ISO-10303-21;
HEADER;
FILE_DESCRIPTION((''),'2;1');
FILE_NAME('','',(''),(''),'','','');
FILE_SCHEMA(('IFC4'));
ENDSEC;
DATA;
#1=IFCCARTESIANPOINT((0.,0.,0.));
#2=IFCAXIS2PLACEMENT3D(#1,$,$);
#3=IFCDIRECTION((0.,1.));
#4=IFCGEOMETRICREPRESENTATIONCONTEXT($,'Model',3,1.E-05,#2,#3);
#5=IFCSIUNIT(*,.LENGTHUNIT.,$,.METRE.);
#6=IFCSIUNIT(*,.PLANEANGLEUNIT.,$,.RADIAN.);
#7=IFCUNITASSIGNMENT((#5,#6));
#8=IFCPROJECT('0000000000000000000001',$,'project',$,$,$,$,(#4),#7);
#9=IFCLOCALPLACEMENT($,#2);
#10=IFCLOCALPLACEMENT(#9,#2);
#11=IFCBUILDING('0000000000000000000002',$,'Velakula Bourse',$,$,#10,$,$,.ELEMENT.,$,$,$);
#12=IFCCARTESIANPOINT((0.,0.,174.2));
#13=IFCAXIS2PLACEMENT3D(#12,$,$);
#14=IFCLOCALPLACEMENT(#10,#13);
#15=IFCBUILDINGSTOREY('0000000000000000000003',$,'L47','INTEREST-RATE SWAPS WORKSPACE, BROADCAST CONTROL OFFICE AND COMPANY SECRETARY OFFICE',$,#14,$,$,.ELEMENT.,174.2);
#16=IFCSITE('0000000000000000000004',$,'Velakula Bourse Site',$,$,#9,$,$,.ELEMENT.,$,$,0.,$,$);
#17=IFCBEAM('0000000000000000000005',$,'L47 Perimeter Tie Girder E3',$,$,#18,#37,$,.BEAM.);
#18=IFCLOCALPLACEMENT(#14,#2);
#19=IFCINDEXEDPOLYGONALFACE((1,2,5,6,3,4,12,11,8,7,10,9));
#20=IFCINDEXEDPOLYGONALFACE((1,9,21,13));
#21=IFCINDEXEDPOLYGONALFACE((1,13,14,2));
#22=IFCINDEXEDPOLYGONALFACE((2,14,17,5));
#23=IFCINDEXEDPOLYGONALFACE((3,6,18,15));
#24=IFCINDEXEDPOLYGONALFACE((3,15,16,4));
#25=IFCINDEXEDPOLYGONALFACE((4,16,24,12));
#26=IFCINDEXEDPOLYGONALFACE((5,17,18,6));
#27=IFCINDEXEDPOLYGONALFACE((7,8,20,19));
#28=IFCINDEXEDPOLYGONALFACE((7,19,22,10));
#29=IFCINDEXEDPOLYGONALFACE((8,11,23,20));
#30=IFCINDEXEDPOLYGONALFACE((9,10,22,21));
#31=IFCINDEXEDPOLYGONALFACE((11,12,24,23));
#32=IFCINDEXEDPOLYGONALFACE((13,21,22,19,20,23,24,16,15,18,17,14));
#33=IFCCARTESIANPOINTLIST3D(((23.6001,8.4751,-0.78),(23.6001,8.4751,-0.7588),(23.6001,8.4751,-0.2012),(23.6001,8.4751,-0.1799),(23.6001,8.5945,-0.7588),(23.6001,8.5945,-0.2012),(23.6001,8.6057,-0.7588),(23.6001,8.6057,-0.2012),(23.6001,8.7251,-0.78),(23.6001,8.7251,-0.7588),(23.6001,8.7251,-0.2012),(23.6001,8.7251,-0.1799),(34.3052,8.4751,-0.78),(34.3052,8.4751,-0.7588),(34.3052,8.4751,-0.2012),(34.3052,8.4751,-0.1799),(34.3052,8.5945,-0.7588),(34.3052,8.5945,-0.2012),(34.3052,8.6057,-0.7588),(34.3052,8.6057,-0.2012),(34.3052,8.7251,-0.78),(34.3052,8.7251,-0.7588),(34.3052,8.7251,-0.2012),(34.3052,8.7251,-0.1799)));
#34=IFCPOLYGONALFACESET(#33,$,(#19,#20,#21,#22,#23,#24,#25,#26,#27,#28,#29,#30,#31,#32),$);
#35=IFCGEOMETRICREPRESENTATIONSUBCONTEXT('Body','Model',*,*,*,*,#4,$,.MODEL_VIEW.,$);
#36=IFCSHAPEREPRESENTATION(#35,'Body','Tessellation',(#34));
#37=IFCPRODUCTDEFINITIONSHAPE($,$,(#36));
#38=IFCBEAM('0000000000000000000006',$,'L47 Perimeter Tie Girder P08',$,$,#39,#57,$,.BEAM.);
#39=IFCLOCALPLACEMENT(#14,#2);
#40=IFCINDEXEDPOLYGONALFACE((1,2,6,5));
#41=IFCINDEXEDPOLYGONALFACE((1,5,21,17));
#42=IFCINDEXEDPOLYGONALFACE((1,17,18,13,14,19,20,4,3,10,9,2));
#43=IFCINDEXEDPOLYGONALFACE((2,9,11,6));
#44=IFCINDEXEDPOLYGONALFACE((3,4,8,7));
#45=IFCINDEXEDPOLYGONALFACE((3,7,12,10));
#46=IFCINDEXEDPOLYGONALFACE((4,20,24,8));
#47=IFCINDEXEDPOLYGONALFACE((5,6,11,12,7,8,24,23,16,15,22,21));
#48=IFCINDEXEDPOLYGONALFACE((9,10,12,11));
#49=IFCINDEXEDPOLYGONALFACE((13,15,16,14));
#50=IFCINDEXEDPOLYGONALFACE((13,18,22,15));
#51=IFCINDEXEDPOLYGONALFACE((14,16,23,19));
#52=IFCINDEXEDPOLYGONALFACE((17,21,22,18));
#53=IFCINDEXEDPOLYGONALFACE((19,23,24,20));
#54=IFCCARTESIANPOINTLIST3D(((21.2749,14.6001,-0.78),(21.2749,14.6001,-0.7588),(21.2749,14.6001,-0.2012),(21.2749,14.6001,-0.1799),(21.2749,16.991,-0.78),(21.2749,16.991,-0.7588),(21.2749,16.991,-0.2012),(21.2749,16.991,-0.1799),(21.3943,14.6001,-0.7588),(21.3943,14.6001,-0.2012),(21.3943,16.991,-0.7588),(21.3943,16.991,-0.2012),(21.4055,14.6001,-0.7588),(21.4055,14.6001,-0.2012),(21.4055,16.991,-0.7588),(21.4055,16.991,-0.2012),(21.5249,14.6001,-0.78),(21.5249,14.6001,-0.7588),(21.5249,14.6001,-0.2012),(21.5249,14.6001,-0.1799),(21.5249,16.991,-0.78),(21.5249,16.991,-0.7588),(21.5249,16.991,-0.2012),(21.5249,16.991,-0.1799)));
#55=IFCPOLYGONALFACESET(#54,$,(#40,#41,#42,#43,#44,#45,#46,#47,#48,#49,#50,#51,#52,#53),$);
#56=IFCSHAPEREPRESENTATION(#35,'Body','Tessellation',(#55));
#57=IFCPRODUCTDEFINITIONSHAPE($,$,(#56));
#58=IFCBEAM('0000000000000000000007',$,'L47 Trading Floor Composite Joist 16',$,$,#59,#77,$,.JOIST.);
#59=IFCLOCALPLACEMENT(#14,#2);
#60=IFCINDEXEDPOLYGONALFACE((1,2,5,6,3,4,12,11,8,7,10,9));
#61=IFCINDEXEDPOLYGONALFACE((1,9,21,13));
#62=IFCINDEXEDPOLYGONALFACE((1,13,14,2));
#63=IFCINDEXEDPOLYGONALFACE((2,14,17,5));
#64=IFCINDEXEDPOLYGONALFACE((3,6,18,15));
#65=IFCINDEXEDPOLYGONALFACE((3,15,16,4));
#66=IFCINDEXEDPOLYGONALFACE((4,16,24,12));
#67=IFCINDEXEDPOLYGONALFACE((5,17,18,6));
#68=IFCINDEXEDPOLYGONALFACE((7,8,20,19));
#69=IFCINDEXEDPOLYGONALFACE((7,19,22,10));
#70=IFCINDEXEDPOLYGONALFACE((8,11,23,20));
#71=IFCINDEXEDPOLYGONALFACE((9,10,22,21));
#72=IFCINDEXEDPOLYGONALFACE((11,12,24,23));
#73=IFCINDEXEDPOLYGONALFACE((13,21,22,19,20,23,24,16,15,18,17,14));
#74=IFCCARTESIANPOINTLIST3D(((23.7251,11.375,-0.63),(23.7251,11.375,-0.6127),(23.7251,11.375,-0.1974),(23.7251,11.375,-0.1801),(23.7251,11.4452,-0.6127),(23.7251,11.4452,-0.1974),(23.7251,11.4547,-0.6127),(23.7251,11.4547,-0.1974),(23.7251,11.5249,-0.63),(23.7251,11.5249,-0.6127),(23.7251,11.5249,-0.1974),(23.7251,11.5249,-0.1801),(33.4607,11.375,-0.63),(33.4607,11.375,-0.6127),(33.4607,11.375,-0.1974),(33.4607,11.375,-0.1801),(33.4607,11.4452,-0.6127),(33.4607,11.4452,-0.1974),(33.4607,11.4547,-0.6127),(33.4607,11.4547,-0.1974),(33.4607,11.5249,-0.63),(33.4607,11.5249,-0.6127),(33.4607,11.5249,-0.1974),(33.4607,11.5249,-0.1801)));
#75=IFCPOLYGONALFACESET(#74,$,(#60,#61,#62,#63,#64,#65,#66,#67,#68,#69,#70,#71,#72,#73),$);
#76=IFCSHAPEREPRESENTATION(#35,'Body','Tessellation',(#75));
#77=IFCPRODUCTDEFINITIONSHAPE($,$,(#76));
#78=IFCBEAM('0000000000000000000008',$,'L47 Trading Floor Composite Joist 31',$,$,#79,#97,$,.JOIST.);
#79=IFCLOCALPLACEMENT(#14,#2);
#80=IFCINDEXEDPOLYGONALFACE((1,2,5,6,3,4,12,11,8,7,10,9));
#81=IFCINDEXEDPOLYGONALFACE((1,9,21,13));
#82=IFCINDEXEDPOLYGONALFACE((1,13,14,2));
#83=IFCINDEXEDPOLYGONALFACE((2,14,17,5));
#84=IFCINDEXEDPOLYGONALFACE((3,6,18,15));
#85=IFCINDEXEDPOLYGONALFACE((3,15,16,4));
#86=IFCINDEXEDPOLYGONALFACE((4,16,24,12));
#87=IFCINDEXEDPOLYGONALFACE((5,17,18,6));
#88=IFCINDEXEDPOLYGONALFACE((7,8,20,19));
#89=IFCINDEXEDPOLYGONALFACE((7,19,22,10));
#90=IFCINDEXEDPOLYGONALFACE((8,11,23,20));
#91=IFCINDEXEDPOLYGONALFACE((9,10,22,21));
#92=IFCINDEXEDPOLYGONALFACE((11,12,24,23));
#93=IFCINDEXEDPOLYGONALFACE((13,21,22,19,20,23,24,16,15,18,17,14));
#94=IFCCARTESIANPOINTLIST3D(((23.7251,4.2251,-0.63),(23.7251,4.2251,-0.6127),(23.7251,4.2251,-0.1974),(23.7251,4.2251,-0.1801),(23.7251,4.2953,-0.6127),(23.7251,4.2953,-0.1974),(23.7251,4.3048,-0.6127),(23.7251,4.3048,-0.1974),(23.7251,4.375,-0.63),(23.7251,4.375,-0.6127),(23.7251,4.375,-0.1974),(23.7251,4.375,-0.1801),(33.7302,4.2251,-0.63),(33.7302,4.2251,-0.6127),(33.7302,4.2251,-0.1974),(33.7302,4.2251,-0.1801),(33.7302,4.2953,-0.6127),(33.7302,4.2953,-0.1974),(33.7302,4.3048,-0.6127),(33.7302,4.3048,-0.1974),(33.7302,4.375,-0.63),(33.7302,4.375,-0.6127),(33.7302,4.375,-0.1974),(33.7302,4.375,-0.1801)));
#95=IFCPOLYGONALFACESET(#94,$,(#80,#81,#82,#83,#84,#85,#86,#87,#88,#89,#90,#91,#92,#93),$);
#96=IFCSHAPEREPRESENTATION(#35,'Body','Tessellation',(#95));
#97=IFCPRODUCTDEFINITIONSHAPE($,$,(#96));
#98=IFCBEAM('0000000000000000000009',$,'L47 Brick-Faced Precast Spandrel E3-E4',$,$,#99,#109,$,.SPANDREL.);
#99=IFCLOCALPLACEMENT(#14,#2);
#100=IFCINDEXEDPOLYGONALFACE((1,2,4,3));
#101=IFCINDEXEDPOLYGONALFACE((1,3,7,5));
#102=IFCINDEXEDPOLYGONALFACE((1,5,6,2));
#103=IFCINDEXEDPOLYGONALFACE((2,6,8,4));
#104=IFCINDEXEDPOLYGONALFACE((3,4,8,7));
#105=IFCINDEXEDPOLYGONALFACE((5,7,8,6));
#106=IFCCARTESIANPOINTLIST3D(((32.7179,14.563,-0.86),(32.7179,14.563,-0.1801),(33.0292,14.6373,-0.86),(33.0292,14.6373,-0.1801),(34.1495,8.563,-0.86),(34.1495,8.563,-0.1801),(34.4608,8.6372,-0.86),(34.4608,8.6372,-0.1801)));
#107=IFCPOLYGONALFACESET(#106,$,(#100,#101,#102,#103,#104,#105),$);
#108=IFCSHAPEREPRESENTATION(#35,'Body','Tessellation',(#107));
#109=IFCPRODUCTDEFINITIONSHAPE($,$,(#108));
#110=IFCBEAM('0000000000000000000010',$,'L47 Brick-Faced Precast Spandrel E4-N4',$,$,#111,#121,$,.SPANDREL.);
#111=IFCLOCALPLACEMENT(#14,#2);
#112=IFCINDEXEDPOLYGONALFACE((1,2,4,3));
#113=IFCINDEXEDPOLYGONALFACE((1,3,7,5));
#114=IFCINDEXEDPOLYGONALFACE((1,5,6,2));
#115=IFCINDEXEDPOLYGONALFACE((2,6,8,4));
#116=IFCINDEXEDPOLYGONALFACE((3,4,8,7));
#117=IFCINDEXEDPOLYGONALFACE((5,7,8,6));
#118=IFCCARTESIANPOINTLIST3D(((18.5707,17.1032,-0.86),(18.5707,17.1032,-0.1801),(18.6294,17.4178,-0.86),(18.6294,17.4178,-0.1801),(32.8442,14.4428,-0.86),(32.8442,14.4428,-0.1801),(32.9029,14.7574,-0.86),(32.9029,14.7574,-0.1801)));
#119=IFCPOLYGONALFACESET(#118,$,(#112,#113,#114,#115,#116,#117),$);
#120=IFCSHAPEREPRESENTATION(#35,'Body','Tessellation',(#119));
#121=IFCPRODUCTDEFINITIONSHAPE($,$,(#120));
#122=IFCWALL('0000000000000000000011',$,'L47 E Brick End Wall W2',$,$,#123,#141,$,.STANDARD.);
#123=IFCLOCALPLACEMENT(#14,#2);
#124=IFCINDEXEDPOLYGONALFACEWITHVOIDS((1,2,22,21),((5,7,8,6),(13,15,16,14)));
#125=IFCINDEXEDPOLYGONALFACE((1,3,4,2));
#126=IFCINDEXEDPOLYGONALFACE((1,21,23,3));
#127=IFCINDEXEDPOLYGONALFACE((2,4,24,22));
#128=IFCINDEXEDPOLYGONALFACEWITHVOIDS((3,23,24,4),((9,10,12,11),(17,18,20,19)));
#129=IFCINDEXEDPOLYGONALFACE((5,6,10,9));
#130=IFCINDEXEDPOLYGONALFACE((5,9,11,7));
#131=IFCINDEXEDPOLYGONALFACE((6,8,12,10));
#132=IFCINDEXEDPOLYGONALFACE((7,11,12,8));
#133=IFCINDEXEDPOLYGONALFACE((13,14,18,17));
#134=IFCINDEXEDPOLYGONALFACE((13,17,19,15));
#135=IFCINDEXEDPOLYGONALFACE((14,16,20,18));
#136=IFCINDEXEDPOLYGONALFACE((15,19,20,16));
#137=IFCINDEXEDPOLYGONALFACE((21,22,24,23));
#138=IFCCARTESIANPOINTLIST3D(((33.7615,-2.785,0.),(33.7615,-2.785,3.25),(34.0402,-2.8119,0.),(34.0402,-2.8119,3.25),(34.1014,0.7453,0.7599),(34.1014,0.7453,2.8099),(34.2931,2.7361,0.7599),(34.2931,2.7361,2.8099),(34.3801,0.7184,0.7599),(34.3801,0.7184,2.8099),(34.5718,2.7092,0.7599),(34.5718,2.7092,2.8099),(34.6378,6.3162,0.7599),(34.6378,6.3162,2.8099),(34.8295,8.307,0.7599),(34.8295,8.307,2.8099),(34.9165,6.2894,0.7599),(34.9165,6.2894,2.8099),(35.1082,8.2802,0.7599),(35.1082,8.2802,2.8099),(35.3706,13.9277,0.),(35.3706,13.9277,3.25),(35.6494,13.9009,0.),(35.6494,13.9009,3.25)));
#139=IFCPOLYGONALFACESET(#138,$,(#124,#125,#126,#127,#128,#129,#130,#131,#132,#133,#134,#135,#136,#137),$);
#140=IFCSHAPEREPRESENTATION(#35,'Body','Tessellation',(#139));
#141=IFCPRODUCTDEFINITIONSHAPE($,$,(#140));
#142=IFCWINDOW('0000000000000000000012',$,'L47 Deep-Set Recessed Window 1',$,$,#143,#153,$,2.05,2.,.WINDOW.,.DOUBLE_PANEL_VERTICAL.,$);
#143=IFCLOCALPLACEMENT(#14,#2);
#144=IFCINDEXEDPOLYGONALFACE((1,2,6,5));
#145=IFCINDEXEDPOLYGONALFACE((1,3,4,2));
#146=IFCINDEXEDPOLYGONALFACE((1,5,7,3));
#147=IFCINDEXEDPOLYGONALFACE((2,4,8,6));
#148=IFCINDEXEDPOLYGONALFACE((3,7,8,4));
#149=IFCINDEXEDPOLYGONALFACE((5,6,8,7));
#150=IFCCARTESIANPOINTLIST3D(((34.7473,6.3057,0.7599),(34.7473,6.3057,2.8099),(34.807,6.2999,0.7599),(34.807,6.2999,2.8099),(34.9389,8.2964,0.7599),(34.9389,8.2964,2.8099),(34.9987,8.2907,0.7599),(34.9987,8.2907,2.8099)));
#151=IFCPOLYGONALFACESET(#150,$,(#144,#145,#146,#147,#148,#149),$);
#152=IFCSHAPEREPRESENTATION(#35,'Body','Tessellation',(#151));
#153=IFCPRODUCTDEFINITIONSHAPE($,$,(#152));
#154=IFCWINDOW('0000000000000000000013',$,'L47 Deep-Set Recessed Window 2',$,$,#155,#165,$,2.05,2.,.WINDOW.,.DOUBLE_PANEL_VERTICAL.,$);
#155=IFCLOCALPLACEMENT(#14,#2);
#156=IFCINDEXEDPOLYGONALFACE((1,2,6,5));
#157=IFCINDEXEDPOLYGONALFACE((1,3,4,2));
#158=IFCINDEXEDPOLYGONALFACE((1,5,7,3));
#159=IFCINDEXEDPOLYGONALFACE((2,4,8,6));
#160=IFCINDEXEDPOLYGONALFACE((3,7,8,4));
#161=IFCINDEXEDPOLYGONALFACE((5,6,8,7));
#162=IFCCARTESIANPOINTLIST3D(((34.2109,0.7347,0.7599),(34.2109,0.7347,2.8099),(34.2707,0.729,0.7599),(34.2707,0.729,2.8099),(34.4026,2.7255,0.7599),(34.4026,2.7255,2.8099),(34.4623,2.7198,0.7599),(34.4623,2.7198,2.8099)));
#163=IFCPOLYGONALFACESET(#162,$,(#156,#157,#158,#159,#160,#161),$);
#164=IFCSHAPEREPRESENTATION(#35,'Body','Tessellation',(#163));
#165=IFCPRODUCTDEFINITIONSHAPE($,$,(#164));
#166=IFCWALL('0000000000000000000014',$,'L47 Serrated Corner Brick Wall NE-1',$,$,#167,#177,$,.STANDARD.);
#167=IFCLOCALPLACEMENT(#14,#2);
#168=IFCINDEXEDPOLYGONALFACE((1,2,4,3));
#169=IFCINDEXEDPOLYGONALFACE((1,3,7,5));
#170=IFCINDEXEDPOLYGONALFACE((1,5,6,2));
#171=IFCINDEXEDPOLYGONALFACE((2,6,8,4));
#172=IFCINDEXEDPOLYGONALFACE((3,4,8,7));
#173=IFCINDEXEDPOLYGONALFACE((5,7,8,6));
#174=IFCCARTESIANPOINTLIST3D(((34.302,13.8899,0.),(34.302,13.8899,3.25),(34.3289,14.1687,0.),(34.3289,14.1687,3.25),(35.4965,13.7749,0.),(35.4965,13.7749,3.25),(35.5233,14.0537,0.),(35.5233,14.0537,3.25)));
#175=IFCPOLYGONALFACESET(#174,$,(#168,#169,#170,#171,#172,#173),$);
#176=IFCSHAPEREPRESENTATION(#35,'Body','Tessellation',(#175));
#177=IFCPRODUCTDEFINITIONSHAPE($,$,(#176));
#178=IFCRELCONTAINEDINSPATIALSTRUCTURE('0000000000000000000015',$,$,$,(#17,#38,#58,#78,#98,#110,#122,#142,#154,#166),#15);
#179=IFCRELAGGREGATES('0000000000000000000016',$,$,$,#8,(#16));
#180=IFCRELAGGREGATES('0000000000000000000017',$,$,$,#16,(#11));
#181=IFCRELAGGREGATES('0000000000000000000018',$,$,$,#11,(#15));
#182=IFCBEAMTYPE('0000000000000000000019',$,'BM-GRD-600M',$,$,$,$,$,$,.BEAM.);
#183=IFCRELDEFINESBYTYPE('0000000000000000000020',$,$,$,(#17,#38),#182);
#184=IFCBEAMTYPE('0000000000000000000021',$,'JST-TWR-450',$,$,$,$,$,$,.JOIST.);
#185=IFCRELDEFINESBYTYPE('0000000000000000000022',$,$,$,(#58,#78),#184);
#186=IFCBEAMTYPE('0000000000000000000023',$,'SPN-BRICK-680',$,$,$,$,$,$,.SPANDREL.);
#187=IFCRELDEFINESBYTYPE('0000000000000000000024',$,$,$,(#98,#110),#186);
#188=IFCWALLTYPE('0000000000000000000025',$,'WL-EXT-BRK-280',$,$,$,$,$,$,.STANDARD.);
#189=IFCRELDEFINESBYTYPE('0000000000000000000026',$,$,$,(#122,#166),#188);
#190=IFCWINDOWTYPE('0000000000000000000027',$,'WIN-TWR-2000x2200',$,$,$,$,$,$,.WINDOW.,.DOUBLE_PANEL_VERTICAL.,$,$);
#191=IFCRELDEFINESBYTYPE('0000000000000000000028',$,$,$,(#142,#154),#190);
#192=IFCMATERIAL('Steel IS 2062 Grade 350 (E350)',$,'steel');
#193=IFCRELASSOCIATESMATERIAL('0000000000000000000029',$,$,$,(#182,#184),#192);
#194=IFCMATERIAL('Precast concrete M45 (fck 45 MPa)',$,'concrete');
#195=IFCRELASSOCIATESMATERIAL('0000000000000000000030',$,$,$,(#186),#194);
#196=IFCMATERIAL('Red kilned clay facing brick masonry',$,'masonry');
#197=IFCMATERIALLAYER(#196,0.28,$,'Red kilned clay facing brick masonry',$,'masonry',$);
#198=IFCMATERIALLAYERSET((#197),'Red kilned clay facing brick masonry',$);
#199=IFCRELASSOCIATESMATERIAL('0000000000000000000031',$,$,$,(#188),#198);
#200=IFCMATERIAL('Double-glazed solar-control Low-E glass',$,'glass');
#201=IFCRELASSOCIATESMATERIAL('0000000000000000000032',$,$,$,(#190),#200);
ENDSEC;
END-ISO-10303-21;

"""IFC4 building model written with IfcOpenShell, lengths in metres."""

from ifc_helpers import new_model, si_unit, direction, frame, frame_2d, origin, origin_2d, place, context, subcontext, project, spatial, rectangle, i_section, extrude, material, layer, layer_set, material_profile, profile_set, type_object, element, fill, save


model = new_model("IFC4")

# Units and contexts
model_context = context("Model", 3, precision=1e-05, world=origin(), true_north=direction((0.0, 1.0)))
body_context = subcontext(model_context, "Body", "Model", "MODEL_VIEW")
ifc_project = project(units=[si_unit("LENGTHUNIT", "METRE"), si_unit("PLANEANGLEUNIT", "RADIAN")], contexts=[model_context])

# Site, building, storey
site_placement = place(None, origin())
site = spatial("IfcSite", under=ifc_project, at=site_placement, Name="Velakula Bourse Site", CompositionType="ELEMENT", RefElevation=0.0)
building_placement = place(site_placement, origin())
building = spatial("IfcBuilding", under=site, at=building_placement, Name="Velakula Bourse", CompositionType="ELEMENT")
storey_placement = place(building_placement, frame((0.0, 0.0, 174.2)))
storey = spatial("IfcBuildingStorey", under=building, at=storey_placement, Name="L47", Description="INTEREST-RATE SWAPS WORKSPACE, BROADCAST CONTROL OFFICE AND COMPANY SECRETARY OFFICE", CompositionType="ELEMENT", Elevation=174.2)

# Shared definitions
ifc_material_1 = material(Name="Steel IS 2062 Grade 350 (E350)", Category="steel")
ifc_material_2 = material(Name="Precast concrete M45 (fck 45 MPa)", Category="concrete")

# Beams
ifc_material_profile_1 = material_profile(ifc_material_1, i_section(OverallWidth=0.25, OverallDepth=0.6001, WebThickness=0.0112, FlangeThickness=0.0212, at=origin_2d()), Name="Steel IS 2062 Grade 350 (E350)")
ifc_profile_set_1 = profile_set([ifc_material_profile_1], Name="Steel IS 2062 Grade 350 (E350)")
beam_type_1 = type_object("IfcBeamType", Name="BM-GRD-600M", PredefinedType="BEAM", material=ifc_profile_set_1)
beam_1_placement = place(storey_placement, frame((23.6001, 8.6001, -0.48), z_axis=(1.0, 0.0, 0.0), x_axis=(0.0, 1.0, 0.0)))
element("IfcBeam", 1, at=beam_1_placement, inside=storey, type_object=beam_type_1, Name="L47 Perimeter Tie Girder E3", PredefinedType="BEAM", context=body_context, shape_type="SweptSolid", body=[
    extrude(i_section(OverallWidth=0.25, OverallDepth=0.6001, WebThickness=0.0112, FlangeThickness=0.0212, at=origin_2d()), origin(), (0.0, 0.0, 1.0), 10.7051),
])
beam_2_placement = place(storey_placement, frame((21.3999, 14.6001, -0.48), z_axis=(0.0, 1.0, 0.0), x_axis=(-1.0, 0.0, 0.0)))
element("IfcBeam", 2, at=beam_2_placement, inside=storey, type_object=beam_type_1, Name="L47 Perimeter Tie Girder P08", PredefinedType="BEAM", context=body_context, shape_type="SweptSolid", body=[
    extrude(i_section(OverallWidth=0.25, OverallDepth=0.6001, WebThickness=0.0112, FlangeThickness=0.0212, at=origin_2d()), origin(), (0.0, 0.0, 1.0), 2.3909),
])
ifc_material_profile_2 = material_profile(ifc_material_1, i_section(OverallWidth=0.1499, OverallDepth=0.45, WebThickness=0.0095, FlangeThickness=0.0173, at=origin_2d()), Name="Steel IS 2062 Grade 350 (E350)")
ifc_profile_set_2 = profile_set([ifc_material_profile_2], Name="Steel IS 2062 Grade 350 (E350)")
beam_type_2 = type_object("IfcBeamType", Name="JST-TWR-450", PredefinedType="JOIST", material=ifc_profile_set_2)
beam_3_placement = place(storey_placement, frame((23.7251, 11.45, -0.405), z_axis=(1.0, 0.0, 0.0), x_axis=(0.0, 1.0, 0.0)))
element("IfcBeam", 3, at=beam_3_placement, inside=storey, type_object=beam_type_2, Name="L47 Trading Floor Composite Joist 16", PredefinedType="JOIST", context=body_context, shape_type="SweptSolid", body=[
    extrude(i_section(OverallWidth=0.1499, OverallDepth=0.45, WebThickness=0.0095, FlangeThickness=0.0173, at=origin_2d()), origin(), (0.0, 0.0, 1.0), 9.7356),
])
beam_4_placement = place(storey_placement, frame((23.7251, 4.3, -0.405), z_axis=(1.0, 0.0, 0.0), x_axis=(0.0, 1.0, 0.0)))
element("IfcBeam", 4, at=beam_4_placement, inside=storey, type_object=beam_type_2, Name="L47 Trading Floor Composite Joist 31", PredefinedType="JOIST", context=body_context, shape_type="SweptSolid", body=[
    extrude(i_section(OverallWidth=0.1499, OverallDepth=0.45, WebThickness=0.0095, FlangeThickness=0.0173, at=origin_2d()), origin(), (0.0, 0.0, 1.0), 10.0051),
])
ifc_material_profile_3 = material_profile(ifc_material_2, rectangle(XDim=0.3201, YDim=0.6799, at=origin_2d()), Name="Precast concrete M45 (fck 45 MPa)")
ifc_profile_set_3 = profile_set([ifc_material_profile_3], Name="Precast concrete M45 (fck 45 MPa)")
beam_type_3 = type_object("IfcBeamType", Name="SPN-BRICK-680", PredefinedType="SPANDREL", material=ifc_profile_set_3)
beam_5_placement = place(storey_placement, frame((34.3052, 8.6001, -0.52), z_axis=(-0.232091, 0.972694, 0.0), x_axis=(-0.972694, -0.232091, 0.0)))
element("IfcBeam", 5, at=beam_5_placement, inside=storey, type_object=beam_type_3, Name="L47 Brick-Faced Precast Spandrel E3-E4", PredefinedType="SPANDREL", context=body_context, shape_type="SweptSolid", body=[
    extrude(rectangle(XDim=0.3201, YDim=0.6799, at=origin_2d()), origin(), (0.0, 0.0, 1.0), 6.1685),
])
beam_6_placement = place(storey_placement, frame((32.8735, 14.6001, -0.52), z_axis=(-0.98307, 0.183233, 0.0), x_axis=(-0.183233, -0.98307, 0.0)))
element("IfcBeam", 6, at=beam_6_placement, inside=storey, type_object=beam_type_3, Name="L47 Brick-Faced Precast Spandrel E4-N4", PredefinedType="SPANDREL", context=body_context, shape_type="SweptSolid", body=[
    extrude(rectangle(XDim=0.3201, YDim=0.6799, at=origin_2d()), origin(), (0.0, 0.0, 1.0), 14.5193),
])

# Wall, openings, windows
ifc_material_3 = material(Name="Red kilned clay facing brick masonry", Category="masonry")
ifc_layer_1 = layer(ifc_material_3, 0.28, Name="Red kilned clay facing brick masonry", Category="masonry")
ifc_layer_set_1 = layer_set([ifc_layer_1], Name="Red kilned clay facing brick masonry")
wall_type_1 = type_object("IfcWallType", Name="WL-EXT-BRK-280", PredefinedType="STANDARD", material=ifc_layer_set_1)
wall_1_placement = place(storey_placement, frame((35.51, 13.9143, 0.0), z_axis=(0.0, 0.0, 1.0), x_axis=(-0.095839, -0.995397, 0.0)))
wall_1 = element("IfcWall", 7, at=wall_1_placement, inside=storey, type_object=wall_type_1, Name="L47 E Brick End Wall W2", PredefinedType="STANDARD", context=body_context, shape_type="SweptSolid", body=[
    extrude(rectangle(XDim=16.79, YDim=0.28, at=frame_2d((8.395, 0.0))), origin(), (0.0, 0.0, 1.0), 3.25),
])
opening_1_placement = place(wall_1_placement, frame((5.6467, 0.0, 0.76)))
opening_1 = element("IfcOpeningElement", 8, at=opening_1_placement, cuts=wall_1, PredefinedType="OPENING", context=body_context, shape_type="SweptSolid", body=[
    extrude(rectangle(XDim=2.0, YDim=2.05, at=frame_2d((1.0, 1.0249))), frame((0.0, 0.1499, 0.0), z_axis=(0.0, -1.0, 0.0), x_axis=(1.0, 0.0, 0.0)), (0.0, 0.0, 1.0), 0.3),
])
opening_2_placement = place(wall_1_placement, frame((11.2434, 0.0, 0.76)))
opening_2 = element("IfcOpeningElement", 9, at=opening_2_placement, cuts=wall_1, PredefinedType="OPENING", context=body_context, shape_type="SweptSolid", body=[
    extrude(rectangle(XDim=2.0, YDim=2.05, at=frame_2d((1.0, 1.0249))), frame((0.0, 0.1499, 0.0), z_axis=(0.0, -1.0, 0.0), x_axis=(1.0, 0.0, 0.0)), (0.0, 0.0, 1.0), 0.3),
])
ifc_material_4 = material(Name="Double-glazed solar-control Low-E glass", Category="glass")
window_type = type_object("IfcWindowType", Name="WIN-TWR-2000x2200", PartitioningType="DOUBLE_PANEL_VERTICAL", PredefinedType="WINDOW", material=ifc_material_4)
window_1_placement = place(opening_1_placement, origin())
window_1 = element("IfcWindow", 10, at=window_1_placement, inside=storey, type_object=window_type, Name="L47 Deep-Set Recessed Window 1", OverallHeight=2.05, OverallWidth=2.0, PartitioningType="DOUBLE_PANEL_VERTICAL", PredefinedType="WINDOW", context=body_context, shape_type="SweptSolid", body=[
    extrude(rectangle(XDim=2.0, YDim=2.05, at=frame_2d((1.0, 1.0249))), frame((0.0, 0.03, 0.0), z_axis=(0.0, -1.0, 0.0), x_axis=(1.0, 0.0, 0.0)), (0.0, 0.0, 1.0), 0.0601),
])
fill(opening_1, window_1)
window_2_placement = place(opening_2_placement, origin())
window_2 = element("IfcWindow", 11, at=window_2_placement, inside=storey, type_object=window_type, Name="L47 Deep-Set Recessed Window 2", OverallHeight=2.05, OverallWidth=2.0, PartitioningType="DOUBLE_PANEL_VERTICAL", PredefinedType="WINDOW", context=body_context, shape_type="SweptSolid", body=[
    extrude(rectangle(XDim=2.0, YDim=2.05, at=frame_2d((1.0, 1.0249))), frame((0.0, 0.03, 0.0), z_axis=(0.0, -1.0, 0.0), x_axis=(1.0, 0.0, 0.0)), (0.0, 0.0, 1.0), 0.0601),
])
fill(opening_2, window_2)

# Wall
wall_2_placement = place(storey_placement, frame((35.51, 13.9143, 0.0), z_axis=(0.0, 0.0, 1.0), x_axis=(-0.995397, 0.095836, 0.0)))
element("IfcWall", 12, at=wall_2_placement, inside=storey, type_object=wall_type_1, Name="L47 Serrated Corner Brick Wall NE-1", PredefinedType="STANDARD", context=body_context, shape_type="SweptSolid", body=[
    extrude(rectangle(XDim=1.2, YDim=0.28, at=frame_2d((0.6001, 0.0))), origin(), (0.0, 0.0, 1.0), 3.25),
])

save(model, "model.ifc")
